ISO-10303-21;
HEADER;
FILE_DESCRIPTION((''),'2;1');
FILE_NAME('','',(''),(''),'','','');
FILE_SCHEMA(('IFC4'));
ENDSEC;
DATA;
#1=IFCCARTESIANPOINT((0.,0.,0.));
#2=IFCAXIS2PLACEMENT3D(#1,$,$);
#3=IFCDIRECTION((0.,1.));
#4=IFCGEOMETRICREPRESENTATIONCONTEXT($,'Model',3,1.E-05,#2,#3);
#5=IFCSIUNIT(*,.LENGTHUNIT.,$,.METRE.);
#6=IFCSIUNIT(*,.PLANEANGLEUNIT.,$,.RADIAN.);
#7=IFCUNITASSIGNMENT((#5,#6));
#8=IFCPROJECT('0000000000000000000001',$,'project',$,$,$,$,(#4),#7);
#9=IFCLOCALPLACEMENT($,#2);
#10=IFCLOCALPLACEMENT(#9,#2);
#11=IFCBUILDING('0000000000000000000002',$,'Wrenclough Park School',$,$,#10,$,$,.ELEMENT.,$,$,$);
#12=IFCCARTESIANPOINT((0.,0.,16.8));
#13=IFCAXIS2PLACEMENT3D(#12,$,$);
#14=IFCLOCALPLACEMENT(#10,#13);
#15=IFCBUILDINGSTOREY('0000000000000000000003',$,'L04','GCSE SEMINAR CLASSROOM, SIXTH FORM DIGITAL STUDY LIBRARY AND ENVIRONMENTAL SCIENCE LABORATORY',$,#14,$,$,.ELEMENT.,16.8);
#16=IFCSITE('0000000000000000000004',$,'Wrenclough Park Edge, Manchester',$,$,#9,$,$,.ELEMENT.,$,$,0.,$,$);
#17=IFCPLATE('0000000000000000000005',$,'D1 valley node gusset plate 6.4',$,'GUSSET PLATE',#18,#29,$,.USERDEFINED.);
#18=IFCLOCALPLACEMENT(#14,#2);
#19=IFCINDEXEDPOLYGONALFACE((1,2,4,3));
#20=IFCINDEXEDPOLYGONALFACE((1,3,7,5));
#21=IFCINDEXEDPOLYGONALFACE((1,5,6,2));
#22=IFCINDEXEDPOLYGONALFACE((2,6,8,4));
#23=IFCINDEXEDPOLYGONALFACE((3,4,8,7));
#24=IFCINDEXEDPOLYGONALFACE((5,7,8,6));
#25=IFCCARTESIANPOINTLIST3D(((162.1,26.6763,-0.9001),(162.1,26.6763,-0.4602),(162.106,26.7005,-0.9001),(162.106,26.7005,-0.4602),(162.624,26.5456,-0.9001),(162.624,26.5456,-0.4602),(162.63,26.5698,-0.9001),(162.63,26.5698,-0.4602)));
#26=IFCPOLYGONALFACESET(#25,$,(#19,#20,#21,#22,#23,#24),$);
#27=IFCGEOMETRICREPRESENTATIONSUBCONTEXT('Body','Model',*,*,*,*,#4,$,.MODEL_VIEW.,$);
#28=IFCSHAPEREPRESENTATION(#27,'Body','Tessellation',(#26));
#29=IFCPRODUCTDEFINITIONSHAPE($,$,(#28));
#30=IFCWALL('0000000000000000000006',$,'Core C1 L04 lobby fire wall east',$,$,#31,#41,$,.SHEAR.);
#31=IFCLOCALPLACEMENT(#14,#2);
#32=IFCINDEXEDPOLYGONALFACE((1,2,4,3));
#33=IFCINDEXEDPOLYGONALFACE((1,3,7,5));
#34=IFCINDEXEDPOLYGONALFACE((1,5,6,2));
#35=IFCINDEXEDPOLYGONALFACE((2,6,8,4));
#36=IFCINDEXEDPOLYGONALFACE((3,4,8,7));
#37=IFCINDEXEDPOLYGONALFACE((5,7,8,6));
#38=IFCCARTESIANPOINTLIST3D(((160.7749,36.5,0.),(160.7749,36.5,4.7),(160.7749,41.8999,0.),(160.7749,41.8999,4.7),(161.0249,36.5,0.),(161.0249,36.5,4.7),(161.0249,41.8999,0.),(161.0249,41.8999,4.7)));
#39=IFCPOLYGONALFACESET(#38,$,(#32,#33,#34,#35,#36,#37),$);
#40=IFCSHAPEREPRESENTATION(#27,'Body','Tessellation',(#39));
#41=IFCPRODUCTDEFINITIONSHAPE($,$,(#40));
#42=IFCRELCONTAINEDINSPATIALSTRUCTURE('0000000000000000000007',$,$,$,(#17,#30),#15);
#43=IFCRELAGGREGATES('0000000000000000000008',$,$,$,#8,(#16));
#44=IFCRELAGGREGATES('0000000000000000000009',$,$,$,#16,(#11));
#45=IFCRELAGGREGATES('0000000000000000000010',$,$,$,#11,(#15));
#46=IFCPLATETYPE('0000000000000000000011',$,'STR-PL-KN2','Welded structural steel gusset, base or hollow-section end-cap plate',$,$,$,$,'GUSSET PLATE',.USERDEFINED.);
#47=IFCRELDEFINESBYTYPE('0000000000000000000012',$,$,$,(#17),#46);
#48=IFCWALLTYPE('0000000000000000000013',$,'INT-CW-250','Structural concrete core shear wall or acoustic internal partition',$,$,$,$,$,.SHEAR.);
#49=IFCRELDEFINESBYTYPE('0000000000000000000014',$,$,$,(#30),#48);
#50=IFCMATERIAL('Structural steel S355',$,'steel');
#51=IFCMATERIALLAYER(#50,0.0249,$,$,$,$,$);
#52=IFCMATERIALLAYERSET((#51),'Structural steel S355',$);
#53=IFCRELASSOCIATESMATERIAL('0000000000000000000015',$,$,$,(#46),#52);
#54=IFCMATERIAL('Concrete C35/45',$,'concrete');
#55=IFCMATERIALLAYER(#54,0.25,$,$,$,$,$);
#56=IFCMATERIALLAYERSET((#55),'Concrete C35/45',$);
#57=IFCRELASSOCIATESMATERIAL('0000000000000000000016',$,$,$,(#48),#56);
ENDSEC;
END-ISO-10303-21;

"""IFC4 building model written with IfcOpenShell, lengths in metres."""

from ifc_helpers import new_model, si_unit, direction, frame, frame_2d, origin, origin_2d, place, context, subcontext, project, spatial, rectangle, extrude, material, layer, layer_set, type_object, element, save


model = new_model("IFC4")

# Units and contexts
model_context = context("Model", 3, precision=1e-05, world=origin(), true_north=direction((0.0, 1.0)))
body_context = subcontext(model_context, "Body", "Model", "MODEL_VIEW")
ifc_project = project(units=[si_unit("LENGTHUNIT", "METRE"), si_unit("PLANEANGLEUNIT", "RADIAN")], contexts=[model_context])

# Site, building, storey
site_placement = place(None, origin())
site = spatial("IfcSite", under=ifc_project, at=site_placement, Name="Wrenclough Park Edge, Manchester", CompositionType="ELEMENT", RefElevation=0.0)
building_placement = place(site_placement, origin())
building = spatial("IfcBuilding", under=site, at=building_placement, Name="Wrenclough Park School", CompositionType="ELEMENT")
storey_placement = place(building_placement, frame((0.0, 0.0, 16.8)))
storey = spatial("IfcBuildingStorey", under=building, at=storey_placement, Name="L04", Description="GCSE SEMINAR CLASSROOM, SIXTH FORM DIGITAL STUDY LIBRARY AND ENVIRONMENTAL SCIENCE LABORATORY", CompositionType="ELEMENT", Elevation=16.8)

# Shared definitions
ifc_material_1 = material(Name="Structural steel S355", Category="steel")

# Plate
ifc_layer_1 = layer(ifc_material_1, 0.0249)
ifc_layer_set_1 = layer_set([ifc_layer_1], Name="Structural steel S355")
plate_type_1 = type_object("IfcPlateType", Name="STR-PL-KN2", Description="Welded structural steel gusset, base or hollow-section end-cap plate", ElementType="GUSSET PLATE", PredefinedType="USERDEFINED", material=ifc_layer_set_1)
plate_1_placement = place(storey_placement, frame((162.365, 26.623, -0.9001), z_axis=(0.0, 0.0, 1.0), x_axis=(0.970296, -0.241922, 0.0)))
element("IfcPlate", 1, at=plate_1_placement, inside=storey, type_object=plate_type_1, Name="D1 valley node gusset plate 6.4", ObjectType="GUSSET PLATE", PredefinedType="USERDEFINED", context=body_context, shape_type="SweptSolid", body=[
    extrude(rectangle(XDim=0.54, YDim=0.0249, at=origin_2d()), origin(), (0.0, 0.0, 1.0), 0.4399),
])

# Wall
ifc_material_2 = material(Name="Concrete C35/45", Category="concrete")
ifc_layer_2 = layer(ifc_material_2, 0.25)
ifc_layer_set_2 = layer_set([ifc_layer_2], Name="Concrete C35/45")
wall_type = type_object("IfcWallType", Name="INT-CW-250", Description="Structural concrete core shear wall or acoustic internal partition", PredefinedType="SHEAR", material=ifc_layer_set_2)
wall_placement = place(storey_placement, frame((160.8999, 36.5, 0.0), z_axis=(0.0, 0.0, 1.0), x_axis=(0.0, 1.0, 0.0)))
element("IfcWall", 2, at=wall_placement, inside=storey, type_object=wall_type, Name="Core C1 L04 lobby fire wall east", PredefinedType="SHEAR", context=body_context, shape_type="SweptSolid", body=[
    extrude(rectangle(XDim=5.3999, YDim=0.25, at=frame_2d((2.7, 0.0))), origin(), (0.0, 0.0, 1.0), 4.7),
])

save(model, "model.ifc")
